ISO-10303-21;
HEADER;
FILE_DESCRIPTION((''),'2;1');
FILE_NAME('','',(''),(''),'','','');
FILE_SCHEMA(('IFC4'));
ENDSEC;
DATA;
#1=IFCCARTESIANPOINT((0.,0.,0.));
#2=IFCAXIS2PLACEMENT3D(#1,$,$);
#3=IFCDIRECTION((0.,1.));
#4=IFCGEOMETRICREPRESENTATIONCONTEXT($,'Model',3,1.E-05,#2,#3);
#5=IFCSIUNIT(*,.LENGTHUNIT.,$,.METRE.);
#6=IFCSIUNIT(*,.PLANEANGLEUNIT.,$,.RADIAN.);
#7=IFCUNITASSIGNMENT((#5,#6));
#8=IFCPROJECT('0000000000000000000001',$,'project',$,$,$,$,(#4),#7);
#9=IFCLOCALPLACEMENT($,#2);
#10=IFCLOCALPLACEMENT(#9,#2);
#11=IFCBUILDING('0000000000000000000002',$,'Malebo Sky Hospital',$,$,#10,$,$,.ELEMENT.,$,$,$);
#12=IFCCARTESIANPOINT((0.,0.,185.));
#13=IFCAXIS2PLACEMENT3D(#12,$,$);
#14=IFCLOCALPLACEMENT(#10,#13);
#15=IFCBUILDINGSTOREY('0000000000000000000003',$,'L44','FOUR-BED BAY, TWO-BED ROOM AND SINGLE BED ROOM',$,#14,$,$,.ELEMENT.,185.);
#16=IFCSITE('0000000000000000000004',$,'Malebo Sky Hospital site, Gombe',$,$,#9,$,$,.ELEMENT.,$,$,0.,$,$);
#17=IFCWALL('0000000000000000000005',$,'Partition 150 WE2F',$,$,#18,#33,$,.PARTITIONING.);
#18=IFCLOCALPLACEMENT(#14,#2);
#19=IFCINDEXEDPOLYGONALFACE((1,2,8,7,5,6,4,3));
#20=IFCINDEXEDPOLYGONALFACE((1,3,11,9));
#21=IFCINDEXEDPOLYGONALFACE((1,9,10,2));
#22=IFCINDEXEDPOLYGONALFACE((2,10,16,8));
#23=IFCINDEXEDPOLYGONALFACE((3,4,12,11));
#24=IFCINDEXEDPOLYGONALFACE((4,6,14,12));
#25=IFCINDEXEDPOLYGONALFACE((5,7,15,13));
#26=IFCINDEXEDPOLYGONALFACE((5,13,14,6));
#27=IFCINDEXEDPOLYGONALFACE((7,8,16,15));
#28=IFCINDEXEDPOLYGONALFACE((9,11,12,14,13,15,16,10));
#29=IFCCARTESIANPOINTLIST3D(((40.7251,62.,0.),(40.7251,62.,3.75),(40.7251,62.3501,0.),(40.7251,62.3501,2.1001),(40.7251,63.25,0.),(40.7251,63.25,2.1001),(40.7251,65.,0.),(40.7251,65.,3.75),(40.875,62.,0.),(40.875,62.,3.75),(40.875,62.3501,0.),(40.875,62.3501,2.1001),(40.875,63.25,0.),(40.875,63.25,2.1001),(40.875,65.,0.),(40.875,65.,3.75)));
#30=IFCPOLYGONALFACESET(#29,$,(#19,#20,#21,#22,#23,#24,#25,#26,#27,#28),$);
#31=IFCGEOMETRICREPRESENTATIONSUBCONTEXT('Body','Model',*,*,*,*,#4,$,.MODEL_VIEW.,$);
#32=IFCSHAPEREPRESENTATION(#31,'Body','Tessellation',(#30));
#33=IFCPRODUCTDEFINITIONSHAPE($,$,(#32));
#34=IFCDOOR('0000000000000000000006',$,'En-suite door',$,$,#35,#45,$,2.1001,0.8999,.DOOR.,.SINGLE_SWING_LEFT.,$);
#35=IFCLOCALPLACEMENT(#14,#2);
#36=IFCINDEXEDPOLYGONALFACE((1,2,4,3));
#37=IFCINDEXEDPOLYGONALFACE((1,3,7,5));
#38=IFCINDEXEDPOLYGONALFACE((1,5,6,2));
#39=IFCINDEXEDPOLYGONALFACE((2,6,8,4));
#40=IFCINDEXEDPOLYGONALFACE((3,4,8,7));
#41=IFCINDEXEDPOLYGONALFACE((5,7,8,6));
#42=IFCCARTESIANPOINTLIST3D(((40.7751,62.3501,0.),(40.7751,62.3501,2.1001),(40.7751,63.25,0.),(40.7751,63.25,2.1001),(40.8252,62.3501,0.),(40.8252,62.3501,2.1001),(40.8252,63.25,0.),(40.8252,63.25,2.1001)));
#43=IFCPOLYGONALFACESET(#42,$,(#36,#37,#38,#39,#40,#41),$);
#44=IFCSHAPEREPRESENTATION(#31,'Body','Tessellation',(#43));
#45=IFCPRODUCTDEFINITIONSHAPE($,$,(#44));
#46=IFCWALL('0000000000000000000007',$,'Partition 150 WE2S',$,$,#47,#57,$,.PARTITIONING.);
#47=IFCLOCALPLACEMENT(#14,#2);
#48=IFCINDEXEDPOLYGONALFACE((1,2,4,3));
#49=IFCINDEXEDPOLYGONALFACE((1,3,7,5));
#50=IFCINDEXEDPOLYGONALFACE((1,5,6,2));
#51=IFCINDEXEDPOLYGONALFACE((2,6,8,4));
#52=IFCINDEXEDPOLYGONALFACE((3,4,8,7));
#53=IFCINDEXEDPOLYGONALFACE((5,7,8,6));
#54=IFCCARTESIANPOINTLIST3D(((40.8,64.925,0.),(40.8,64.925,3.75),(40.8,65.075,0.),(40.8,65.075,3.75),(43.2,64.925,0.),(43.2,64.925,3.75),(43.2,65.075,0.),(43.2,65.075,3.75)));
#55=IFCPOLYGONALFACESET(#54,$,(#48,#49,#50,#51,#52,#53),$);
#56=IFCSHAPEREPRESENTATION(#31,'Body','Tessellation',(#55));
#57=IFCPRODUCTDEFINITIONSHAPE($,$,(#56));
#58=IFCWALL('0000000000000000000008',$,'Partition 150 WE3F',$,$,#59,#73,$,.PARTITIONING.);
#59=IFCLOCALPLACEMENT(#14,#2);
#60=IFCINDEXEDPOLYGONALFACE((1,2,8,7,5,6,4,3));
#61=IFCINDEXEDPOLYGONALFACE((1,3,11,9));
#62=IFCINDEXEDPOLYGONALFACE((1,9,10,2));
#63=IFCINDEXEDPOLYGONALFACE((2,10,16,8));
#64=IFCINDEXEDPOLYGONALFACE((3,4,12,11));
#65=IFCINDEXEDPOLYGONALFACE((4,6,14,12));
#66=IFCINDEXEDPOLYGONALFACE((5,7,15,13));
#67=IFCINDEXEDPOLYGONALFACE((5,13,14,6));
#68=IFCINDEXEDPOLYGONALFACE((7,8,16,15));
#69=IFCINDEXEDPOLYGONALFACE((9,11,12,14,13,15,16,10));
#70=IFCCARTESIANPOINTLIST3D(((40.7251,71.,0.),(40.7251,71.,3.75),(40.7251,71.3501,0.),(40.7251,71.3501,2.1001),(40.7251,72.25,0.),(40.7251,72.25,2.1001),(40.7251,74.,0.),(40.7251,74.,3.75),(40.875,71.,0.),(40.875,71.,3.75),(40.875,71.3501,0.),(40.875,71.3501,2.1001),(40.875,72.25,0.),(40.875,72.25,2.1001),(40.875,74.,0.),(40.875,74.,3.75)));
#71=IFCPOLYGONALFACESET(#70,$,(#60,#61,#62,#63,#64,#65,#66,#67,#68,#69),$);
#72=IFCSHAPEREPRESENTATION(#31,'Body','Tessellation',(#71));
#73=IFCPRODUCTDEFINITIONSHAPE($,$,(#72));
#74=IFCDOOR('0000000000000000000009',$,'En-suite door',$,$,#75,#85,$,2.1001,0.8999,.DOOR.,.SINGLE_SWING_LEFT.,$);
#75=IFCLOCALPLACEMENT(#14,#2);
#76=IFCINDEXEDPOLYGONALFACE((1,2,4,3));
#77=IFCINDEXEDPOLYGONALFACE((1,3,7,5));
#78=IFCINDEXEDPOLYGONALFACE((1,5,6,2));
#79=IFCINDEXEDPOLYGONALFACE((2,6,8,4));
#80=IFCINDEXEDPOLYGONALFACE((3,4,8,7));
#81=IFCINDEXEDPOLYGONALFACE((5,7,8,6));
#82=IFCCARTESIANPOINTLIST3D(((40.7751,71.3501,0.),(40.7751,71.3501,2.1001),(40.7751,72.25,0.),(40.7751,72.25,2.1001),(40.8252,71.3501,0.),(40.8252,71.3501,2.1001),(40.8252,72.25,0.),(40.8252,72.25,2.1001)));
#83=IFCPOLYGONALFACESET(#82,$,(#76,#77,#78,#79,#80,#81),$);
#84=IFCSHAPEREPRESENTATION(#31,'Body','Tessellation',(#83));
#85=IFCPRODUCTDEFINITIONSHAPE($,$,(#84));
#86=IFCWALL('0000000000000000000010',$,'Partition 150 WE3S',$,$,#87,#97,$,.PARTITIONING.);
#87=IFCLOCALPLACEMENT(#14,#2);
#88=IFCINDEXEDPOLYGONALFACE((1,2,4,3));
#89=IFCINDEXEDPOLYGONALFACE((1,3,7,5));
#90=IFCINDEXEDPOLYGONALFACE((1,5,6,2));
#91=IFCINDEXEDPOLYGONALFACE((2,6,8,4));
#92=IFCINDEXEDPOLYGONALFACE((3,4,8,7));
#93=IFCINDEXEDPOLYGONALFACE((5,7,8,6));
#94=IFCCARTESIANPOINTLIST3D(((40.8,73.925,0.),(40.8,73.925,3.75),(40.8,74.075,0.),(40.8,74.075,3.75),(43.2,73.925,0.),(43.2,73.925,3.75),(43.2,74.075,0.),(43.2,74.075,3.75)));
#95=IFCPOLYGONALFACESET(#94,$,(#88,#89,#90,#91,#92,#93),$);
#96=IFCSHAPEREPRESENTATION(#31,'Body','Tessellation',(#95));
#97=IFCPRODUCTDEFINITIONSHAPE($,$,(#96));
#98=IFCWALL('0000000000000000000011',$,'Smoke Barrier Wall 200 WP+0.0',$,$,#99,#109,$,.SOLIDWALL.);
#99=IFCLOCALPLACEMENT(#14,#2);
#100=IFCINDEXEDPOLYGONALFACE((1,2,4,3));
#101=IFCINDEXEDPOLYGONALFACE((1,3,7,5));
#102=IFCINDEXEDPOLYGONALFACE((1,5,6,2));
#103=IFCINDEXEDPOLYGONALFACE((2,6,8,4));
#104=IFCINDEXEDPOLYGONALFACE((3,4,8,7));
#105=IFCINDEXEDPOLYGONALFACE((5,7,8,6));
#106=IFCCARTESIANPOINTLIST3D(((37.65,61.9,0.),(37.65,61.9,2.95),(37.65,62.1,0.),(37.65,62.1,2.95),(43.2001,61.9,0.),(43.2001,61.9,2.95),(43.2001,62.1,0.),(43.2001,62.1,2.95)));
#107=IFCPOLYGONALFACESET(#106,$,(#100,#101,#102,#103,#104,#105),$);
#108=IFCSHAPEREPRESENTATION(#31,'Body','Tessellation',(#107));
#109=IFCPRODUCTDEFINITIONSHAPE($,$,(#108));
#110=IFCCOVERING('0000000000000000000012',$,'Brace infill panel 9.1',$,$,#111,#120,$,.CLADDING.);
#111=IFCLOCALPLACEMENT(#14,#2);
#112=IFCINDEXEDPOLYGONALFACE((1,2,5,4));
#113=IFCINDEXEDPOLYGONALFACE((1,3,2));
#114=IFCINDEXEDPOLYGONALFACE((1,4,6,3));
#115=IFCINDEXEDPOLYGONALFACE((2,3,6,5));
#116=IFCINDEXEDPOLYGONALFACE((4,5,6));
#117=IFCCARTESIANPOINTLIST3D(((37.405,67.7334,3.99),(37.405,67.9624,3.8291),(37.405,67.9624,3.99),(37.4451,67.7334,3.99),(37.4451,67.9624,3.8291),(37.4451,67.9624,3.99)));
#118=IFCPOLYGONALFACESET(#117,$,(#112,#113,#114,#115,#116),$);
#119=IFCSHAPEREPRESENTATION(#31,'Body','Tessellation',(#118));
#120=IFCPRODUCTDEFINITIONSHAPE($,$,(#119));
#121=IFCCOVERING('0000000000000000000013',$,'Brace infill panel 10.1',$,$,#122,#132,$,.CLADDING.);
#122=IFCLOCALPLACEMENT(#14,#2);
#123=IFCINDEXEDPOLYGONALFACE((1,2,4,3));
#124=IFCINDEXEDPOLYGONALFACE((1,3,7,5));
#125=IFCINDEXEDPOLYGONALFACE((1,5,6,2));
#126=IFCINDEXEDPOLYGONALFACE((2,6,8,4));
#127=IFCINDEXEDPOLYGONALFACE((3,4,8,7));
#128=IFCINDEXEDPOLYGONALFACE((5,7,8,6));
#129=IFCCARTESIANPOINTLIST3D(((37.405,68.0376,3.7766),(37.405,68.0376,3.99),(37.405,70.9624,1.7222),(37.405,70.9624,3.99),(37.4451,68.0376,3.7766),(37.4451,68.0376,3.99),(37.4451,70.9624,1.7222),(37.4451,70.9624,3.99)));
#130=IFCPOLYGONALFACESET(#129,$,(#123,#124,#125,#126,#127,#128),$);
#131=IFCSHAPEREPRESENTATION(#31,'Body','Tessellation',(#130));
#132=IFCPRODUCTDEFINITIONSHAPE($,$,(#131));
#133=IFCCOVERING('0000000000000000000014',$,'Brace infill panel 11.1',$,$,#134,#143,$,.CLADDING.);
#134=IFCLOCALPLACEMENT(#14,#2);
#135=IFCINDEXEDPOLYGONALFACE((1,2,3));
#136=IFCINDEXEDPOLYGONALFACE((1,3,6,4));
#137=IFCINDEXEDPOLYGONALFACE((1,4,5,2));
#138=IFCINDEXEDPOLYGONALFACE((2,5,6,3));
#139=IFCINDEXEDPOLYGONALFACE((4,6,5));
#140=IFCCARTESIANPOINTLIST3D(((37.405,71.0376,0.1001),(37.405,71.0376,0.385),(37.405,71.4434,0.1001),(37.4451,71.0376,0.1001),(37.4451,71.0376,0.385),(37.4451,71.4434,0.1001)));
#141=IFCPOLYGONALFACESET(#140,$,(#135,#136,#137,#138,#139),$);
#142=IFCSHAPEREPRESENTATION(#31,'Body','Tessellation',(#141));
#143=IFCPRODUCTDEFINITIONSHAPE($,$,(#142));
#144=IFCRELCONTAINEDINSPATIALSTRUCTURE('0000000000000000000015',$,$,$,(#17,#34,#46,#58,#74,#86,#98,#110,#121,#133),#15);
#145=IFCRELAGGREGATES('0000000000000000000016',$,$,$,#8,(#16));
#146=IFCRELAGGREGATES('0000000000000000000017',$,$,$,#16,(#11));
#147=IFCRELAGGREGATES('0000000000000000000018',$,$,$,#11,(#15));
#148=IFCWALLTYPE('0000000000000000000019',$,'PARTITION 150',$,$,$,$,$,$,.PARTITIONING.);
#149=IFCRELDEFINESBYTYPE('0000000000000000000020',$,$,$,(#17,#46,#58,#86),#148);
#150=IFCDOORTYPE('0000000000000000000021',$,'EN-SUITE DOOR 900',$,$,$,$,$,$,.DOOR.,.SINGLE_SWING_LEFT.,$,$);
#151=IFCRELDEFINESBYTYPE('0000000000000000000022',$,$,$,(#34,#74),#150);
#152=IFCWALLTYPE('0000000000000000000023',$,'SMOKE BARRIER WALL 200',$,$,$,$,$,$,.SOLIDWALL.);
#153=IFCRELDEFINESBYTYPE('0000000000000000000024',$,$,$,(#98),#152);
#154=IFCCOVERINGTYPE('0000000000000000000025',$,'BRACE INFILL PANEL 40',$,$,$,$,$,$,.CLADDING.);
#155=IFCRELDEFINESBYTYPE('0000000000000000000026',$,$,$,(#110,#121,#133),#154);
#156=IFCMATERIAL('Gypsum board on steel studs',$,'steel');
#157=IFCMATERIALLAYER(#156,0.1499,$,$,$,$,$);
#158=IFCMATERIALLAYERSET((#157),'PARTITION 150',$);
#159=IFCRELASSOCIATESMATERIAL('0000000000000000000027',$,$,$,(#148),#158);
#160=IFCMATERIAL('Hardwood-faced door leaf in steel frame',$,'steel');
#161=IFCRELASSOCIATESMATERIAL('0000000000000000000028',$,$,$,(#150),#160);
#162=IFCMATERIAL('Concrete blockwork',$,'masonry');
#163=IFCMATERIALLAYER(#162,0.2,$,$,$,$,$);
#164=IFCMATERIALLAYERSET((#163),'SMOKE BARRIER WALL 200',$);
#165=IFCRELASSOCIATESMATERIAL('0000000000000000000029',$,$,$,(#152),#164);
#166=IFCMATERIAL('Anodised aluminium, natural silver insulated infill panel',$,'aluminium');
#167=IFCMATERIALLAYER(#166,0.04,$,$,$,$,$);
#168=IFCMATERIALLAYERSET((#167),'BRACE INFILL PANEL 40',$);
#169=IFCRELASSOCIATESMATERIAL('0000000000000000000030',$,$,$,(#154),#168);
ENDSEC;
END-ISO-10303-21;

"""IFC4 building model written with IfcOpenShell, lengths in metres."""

from ifc_helpers import new_model, si_unit, direction, frame, frame_2d, origin, place, context, subcontext, project, spatial, polyline, rectangle, outline, extrude, material, layer, layer_set, type_object, element, fill, save


model = new_model("IFC4")

# Units and contexts
model_context = context("Model", 3, precision=1e-05, world=origin(), true_north=direction((0.0, 1.0)))
body_context = subcontext(model_context, "Body", "Model", "MODEL_VIEW")
ifc_project = project(units=[si_unit("LENGTHUNIT", "METRE"), si_unit("PLANEANGLEUNIT", "RADIAN")], contexts=[model_context])

# Site, building, storey
site_placement = place(None, origin())
site = spatial("IfcSite", under=ifc_project, at=site_placement, Name="Malebo Sky Hospital site, Gombe", CompositionType="ELEMENT", RefElevation=0.0)
building_placement = place(site_placement, origin())
building = spatial("IfcBuilding", under=site, at=building_placement, Name="Malebo Sky Hospital", CompositionType="ELEMENT")
storey_placement = place(building_placement, frame((0.0, 0.0, 185.0)))
storey = spatial("IfcBuildingStorey", under=building, at=storey_placement, Name="L44", Description="FOUR-BED BAY, TWO-BED ROOM AND SINGLE BED ROOM", CompositionType="ELEMENT", Elevation=185.0)

# Shared definitions
ifc_material_1 = material(Name="Gypsum board on steel studs", Category="steel")
ifc_material_2 = material(Name="Hardwood-faced door leaf in steel frame", Category="steel")

# Shared definitions
ifc_layer_1 = layer(ifc_material_1, 0.1499)
ifc_layer_set_1 = layer_set([ifc_layer_1], Name="PARTITION 150")
wall_type_1 = type_object("IfcWallType", Name="PARTITION 150", PredefinedType="PARTITIONING", material=ifc_layer_set_1)

# Wall, opening, door
wall_1_placement = place(storey_placement, frame((40.8, 62.0, 0.0), z_axis=(0.0, 0.0, 1.0), x_axis=(0.0, 1.0, 0.0)))
wall_1 = element("IfcWall", 1, at=wall_1_placement, inside=storey, type_object=wall_type_1, Name="Partition 150 WE2F", PredefinedType="PARTITIONING", context=body_context, shape_type="SweptSolid", body=[
    extrude(rectangle(XDim=3.0, YDim=0.1499, at=frame_2d((1.5, 0.0))), origin(), (0.0, 0.0, 1.0), 3.75),
])
opening_1_placement = place(wall_1_placement, frame((0.3501, 0.0, 0.0)))
opening_1 = element("IfcOpeningElement", 2, at=opening_1_placement, cuts=wall_1, PredefinedType="OPENING", context=body_context, shape_type="SweptSolid", body=[
    extrude(rectangle(XDim=0.8999, YDim=2.1001, at=frame_2d((0.45, 1.05))), frame((0.0, 0.085, 0.0), z_axis=(0.0, -1.0, 0.0), x_axis=(1.0, 0.0, 0.0)), (0.0, 0.0, 1.0), 0.1699),
])
door_type_1 = type_object("IfcDoorType", Name="EN-SUITE DOOR 900", OperationType="SINGLE_SWING_LEFT", PredefinedType="DOOR", material=ifc_material_2)
door_1_placement = place(opening_1_placement, origin())
door_1 = element("IfcDoor", 3, at=door_1_placement, inside=storey, type_object=door_type_1, Name="En-suite door", OperationType="SINGLE_SWING_LEFT", OverallHeight=2.1001, OverallWidth=0.8999, PredefinedType="DOOR", context=body_context, shape_type="SweptSolid", body=[
    extrude(rectangle(XDim=0.8999, YDim=2.1001, at=frame_2d((0.45, 1.05))), frame((0.0, 0.0249, 0.0), z_axis=(0.0, -1.0, 0.0), x_axis=(1.0, 0.0, 0.0)), (0.0, 0.0, 1.0), 0.05),
])
fill(opening_1, door_1)

# Wall
wall_2_placement = place(storey_placement, frame((43.2, 65.0, 0.0), z_axis=(0.0, 0.0, 1.0), x_axis=(-1.0, 0.0, 0.0)))
element("IfcWall", 4, at=wall_2_placement, inside=storey, type_object=wall_type_1, Name="Partition 150 WE2S", PredefinedType="PARTITIONING", context=body_context, shape_type="SweptSolid", body=[
    extrude(rectangle(XDim=2.3999, YDim=0.1499, at=frame_2d((1.2, 0.0))), origin(), (0.0, 0.0, 1.0), 3.75),
])

# Wall, opening, door
wall_3_placement = place(storey_placement, frame((40.8, 71.0, 0.0), z_axis=(0.0, 0.0, 1.0), x_axis=(0.0, 1.0, 0.0)))
wall_3 = element("IfcWall", 5, at=wall_3_placement, inside=storey, type_object=wall_type_1, Name="Partition 150 WE3F", PredefinedType="PARTITIONING", context=body_context, shape_type="SweptSolid", body=[
    extrude(rectangle(XDim=3.0, YDim=0.1499, at=frame_2d((1.5, 0.0))), origin(), (0.0, 0.0, 1.0), 3.75),
])
opening_2_placement = place(wall_3_placement, frame((0.3501, 0.0, 0.0)))
opening_2 = element("IfcOpeningElement", 6, at=opening_2_placement, cuts=wall_3, PredefinedType="OPENING", context=body_context, shape_type="SweptSolid", body=[
    extrude(rectangle(XDim=0.8999, YDim=2.1001, at=frame_2d((0.45, 1.05))), frame((0.0, 0.085, 0.0), z_axis=(0.0, -1.0, 0.0), x_axis=(1.0, 0.0, 0.0)), (0.0, 0.0, 1.0), 0.1699),
])
door_2_placement = place(opening_2_placement, origin())
door_2 = element("IfcDoor", 7, at=door_2_placement, inside=storey, type_object=door_type_1, Name="En-suite door", OperationType="SINGLE_SWING_LEFT", OverallHeight=2.1001, OverallWidth=0.8999, PredefinedType="DOOR", context=body_context, shape_type="SweptSolid", body=[
    extrude(rectangle(XDim=0.8999, YDim=2.1001, at=frame_2d((0.45, 1.05))), frame((0.0, 0.0249, 0.0), z_axis=(0.0, -1.0, 0.0), x_axis=(1.0, 0.0, 0.0)), (0.0, 0.0, 1.0), 0.05),
])
fill(opening_2, door_2)

# Walls
wall_4_placement = place(storey_placement, frame((43.2, 74.0, 0.0), z_axis=(0.0, 0.0, 1.0), x_axis=(-1.0, 0.0, 0.0)))
element("IfcWall", 8, at=wall_4_placement, inside=storey, type_object=wall_type_1, Name="Partition 150 WE3S", PredefinedType="PARTITIONING", context=body_context, shape_type="SweptSolid", body=[
    extrude(rectangle(XDim=2.3999, YDim=0.1499, at=frame_2d((1.2, 0.0))), origin(), (0.0, 0.0, 1.0), 3.75),
])
ifc_material_3 = material(Name="Concrete blockwork", Category="masonry")
ifc_layer_2 = layer(ifc_material_3, 0.2)
ifc_layer_set_2 = layer_set([ifc_layer_2], Name="SMOKE BARRIER WALL 200")
wall_type_2 = type_object("IfcWallType", Name="SMOKE BARRIER WALL 200", PredefinedType="SOLIDWALL", material=ifc_layer_set_2)
wall_5_placement = place(storey_placement, frame((43.2, 62.0, 0.0), z_axis=(0.0, 0.0, 1.0), x_axis=(-1.0, 0.0, 0.0)))
element("IfcWall", 9, at=wall_5_placement, inside=storey, type_object=wall_type_2, Name="Smoke Barrier Wall 200 WP+0.0", PredefinedType="SOLIDWALL", context=body_context, shape_type="SweptSolid", body=[
    extrude(rectangle(XDim=5.55, YDim=0.2, at=frame_2d((2.7749, 0.0))), origin(), (0.0, 0.0, 1.0), 2.95),
])

# Coverings
ifc_material_4 = material(Name="Anodised aluminium, natural silver insulated infill panel", Category="aluminium")
ifc_layer_3 = layer(ifc_material_4, 0.04)
ifc_layer_set_3 = layer_set([ifc_layer_3], Name="BRACE INFILL PANEL 40")
covering_type = type_object("IfcCoveringType", Name="BRACE INFILL PANEL 40", PredefinedType="CLADDING", material=ifc_layer_set_3)
covering_1_placement = place(storey_placement, frame((37.425, 67.8479, 3.8291), z_axis=(0.0, 0.0, 1.0), x_axis=(0.0, 1.0, 0.0)))
element("IfcCovering", 10, at=covering_1_placement, inside=storey, type_object=covering_type, Name="Brace infill panel 9.1", PredefinedType="CLADDING", context=body_context, shape_type="SweptSolid", body=[
    extrude(outline(polyline([(0.1145, 0.0), (0.1145, 0.1609), (-0.1145, 0.1609), (0.1145, 0.0)])), frame((0.0, 0.02, 0.0), z_axis=(0.0, -1.0, 0.0), x_axis=(1.0, 0.0, 0.0)), (0.0, 0.0, 1.0), 0.04),
])
covering_2_placement = place(storey_placement, frame((37.425, 69.5, 1.7222), z_axis=(0.0, 0.0, 1.0), x_axis=(0.0, 1.0, 0.0)))
element("IfcCovering", 11, at=covering_2_placement, inside=storey, type_object=covering_type, Name="Brace infill panel 10.1", PredefinedType="CLADDING", context=body_context, shape_type="SweptSolid", body=[
    extrude(outline(polyline([(1.4624, 0.0), (1.4624, 2.2678), (-1.4624, 2.2678), (-1.4624, 2.0544), (1.4624, 0.0)])), frame((0.0, 0.02, 0.0), z_axis=(0.0, -1.0, 0.0), x_axis=(1.0, 0.0, 0.0)), (0.0, 0.0, 1.0), 0.04),
])
covering_3_placement = place(storey_placement, frame((37.425, 71.2405, 0.1001), z_axis=(0.0, 0.0, 1.0), x_axis=(0.0, 1.0, 0.0)))
element("IfcCovering", 12, at=covering_3_placement, inside=storey, type_object=covering_type, Name="Brace infill panel 11.1", PredefinedType="CLADDING", context=body_context, shape_type="SweptSolid", body=[
    extrude(outline(polyline([(-0.2029, 0.0), (0.2029, 0.0), (-0.2029, 0.2849), (-0.2029, 0.0)])), frame((0.0, 0.02, 0.0), z_axis=(0.0, -1.0, 0.0), x_axis=(1.0, 0.0, 0.0)), (0.0, 0.0, 1.0), 0.04),
])

save(model, "model.ifc")
